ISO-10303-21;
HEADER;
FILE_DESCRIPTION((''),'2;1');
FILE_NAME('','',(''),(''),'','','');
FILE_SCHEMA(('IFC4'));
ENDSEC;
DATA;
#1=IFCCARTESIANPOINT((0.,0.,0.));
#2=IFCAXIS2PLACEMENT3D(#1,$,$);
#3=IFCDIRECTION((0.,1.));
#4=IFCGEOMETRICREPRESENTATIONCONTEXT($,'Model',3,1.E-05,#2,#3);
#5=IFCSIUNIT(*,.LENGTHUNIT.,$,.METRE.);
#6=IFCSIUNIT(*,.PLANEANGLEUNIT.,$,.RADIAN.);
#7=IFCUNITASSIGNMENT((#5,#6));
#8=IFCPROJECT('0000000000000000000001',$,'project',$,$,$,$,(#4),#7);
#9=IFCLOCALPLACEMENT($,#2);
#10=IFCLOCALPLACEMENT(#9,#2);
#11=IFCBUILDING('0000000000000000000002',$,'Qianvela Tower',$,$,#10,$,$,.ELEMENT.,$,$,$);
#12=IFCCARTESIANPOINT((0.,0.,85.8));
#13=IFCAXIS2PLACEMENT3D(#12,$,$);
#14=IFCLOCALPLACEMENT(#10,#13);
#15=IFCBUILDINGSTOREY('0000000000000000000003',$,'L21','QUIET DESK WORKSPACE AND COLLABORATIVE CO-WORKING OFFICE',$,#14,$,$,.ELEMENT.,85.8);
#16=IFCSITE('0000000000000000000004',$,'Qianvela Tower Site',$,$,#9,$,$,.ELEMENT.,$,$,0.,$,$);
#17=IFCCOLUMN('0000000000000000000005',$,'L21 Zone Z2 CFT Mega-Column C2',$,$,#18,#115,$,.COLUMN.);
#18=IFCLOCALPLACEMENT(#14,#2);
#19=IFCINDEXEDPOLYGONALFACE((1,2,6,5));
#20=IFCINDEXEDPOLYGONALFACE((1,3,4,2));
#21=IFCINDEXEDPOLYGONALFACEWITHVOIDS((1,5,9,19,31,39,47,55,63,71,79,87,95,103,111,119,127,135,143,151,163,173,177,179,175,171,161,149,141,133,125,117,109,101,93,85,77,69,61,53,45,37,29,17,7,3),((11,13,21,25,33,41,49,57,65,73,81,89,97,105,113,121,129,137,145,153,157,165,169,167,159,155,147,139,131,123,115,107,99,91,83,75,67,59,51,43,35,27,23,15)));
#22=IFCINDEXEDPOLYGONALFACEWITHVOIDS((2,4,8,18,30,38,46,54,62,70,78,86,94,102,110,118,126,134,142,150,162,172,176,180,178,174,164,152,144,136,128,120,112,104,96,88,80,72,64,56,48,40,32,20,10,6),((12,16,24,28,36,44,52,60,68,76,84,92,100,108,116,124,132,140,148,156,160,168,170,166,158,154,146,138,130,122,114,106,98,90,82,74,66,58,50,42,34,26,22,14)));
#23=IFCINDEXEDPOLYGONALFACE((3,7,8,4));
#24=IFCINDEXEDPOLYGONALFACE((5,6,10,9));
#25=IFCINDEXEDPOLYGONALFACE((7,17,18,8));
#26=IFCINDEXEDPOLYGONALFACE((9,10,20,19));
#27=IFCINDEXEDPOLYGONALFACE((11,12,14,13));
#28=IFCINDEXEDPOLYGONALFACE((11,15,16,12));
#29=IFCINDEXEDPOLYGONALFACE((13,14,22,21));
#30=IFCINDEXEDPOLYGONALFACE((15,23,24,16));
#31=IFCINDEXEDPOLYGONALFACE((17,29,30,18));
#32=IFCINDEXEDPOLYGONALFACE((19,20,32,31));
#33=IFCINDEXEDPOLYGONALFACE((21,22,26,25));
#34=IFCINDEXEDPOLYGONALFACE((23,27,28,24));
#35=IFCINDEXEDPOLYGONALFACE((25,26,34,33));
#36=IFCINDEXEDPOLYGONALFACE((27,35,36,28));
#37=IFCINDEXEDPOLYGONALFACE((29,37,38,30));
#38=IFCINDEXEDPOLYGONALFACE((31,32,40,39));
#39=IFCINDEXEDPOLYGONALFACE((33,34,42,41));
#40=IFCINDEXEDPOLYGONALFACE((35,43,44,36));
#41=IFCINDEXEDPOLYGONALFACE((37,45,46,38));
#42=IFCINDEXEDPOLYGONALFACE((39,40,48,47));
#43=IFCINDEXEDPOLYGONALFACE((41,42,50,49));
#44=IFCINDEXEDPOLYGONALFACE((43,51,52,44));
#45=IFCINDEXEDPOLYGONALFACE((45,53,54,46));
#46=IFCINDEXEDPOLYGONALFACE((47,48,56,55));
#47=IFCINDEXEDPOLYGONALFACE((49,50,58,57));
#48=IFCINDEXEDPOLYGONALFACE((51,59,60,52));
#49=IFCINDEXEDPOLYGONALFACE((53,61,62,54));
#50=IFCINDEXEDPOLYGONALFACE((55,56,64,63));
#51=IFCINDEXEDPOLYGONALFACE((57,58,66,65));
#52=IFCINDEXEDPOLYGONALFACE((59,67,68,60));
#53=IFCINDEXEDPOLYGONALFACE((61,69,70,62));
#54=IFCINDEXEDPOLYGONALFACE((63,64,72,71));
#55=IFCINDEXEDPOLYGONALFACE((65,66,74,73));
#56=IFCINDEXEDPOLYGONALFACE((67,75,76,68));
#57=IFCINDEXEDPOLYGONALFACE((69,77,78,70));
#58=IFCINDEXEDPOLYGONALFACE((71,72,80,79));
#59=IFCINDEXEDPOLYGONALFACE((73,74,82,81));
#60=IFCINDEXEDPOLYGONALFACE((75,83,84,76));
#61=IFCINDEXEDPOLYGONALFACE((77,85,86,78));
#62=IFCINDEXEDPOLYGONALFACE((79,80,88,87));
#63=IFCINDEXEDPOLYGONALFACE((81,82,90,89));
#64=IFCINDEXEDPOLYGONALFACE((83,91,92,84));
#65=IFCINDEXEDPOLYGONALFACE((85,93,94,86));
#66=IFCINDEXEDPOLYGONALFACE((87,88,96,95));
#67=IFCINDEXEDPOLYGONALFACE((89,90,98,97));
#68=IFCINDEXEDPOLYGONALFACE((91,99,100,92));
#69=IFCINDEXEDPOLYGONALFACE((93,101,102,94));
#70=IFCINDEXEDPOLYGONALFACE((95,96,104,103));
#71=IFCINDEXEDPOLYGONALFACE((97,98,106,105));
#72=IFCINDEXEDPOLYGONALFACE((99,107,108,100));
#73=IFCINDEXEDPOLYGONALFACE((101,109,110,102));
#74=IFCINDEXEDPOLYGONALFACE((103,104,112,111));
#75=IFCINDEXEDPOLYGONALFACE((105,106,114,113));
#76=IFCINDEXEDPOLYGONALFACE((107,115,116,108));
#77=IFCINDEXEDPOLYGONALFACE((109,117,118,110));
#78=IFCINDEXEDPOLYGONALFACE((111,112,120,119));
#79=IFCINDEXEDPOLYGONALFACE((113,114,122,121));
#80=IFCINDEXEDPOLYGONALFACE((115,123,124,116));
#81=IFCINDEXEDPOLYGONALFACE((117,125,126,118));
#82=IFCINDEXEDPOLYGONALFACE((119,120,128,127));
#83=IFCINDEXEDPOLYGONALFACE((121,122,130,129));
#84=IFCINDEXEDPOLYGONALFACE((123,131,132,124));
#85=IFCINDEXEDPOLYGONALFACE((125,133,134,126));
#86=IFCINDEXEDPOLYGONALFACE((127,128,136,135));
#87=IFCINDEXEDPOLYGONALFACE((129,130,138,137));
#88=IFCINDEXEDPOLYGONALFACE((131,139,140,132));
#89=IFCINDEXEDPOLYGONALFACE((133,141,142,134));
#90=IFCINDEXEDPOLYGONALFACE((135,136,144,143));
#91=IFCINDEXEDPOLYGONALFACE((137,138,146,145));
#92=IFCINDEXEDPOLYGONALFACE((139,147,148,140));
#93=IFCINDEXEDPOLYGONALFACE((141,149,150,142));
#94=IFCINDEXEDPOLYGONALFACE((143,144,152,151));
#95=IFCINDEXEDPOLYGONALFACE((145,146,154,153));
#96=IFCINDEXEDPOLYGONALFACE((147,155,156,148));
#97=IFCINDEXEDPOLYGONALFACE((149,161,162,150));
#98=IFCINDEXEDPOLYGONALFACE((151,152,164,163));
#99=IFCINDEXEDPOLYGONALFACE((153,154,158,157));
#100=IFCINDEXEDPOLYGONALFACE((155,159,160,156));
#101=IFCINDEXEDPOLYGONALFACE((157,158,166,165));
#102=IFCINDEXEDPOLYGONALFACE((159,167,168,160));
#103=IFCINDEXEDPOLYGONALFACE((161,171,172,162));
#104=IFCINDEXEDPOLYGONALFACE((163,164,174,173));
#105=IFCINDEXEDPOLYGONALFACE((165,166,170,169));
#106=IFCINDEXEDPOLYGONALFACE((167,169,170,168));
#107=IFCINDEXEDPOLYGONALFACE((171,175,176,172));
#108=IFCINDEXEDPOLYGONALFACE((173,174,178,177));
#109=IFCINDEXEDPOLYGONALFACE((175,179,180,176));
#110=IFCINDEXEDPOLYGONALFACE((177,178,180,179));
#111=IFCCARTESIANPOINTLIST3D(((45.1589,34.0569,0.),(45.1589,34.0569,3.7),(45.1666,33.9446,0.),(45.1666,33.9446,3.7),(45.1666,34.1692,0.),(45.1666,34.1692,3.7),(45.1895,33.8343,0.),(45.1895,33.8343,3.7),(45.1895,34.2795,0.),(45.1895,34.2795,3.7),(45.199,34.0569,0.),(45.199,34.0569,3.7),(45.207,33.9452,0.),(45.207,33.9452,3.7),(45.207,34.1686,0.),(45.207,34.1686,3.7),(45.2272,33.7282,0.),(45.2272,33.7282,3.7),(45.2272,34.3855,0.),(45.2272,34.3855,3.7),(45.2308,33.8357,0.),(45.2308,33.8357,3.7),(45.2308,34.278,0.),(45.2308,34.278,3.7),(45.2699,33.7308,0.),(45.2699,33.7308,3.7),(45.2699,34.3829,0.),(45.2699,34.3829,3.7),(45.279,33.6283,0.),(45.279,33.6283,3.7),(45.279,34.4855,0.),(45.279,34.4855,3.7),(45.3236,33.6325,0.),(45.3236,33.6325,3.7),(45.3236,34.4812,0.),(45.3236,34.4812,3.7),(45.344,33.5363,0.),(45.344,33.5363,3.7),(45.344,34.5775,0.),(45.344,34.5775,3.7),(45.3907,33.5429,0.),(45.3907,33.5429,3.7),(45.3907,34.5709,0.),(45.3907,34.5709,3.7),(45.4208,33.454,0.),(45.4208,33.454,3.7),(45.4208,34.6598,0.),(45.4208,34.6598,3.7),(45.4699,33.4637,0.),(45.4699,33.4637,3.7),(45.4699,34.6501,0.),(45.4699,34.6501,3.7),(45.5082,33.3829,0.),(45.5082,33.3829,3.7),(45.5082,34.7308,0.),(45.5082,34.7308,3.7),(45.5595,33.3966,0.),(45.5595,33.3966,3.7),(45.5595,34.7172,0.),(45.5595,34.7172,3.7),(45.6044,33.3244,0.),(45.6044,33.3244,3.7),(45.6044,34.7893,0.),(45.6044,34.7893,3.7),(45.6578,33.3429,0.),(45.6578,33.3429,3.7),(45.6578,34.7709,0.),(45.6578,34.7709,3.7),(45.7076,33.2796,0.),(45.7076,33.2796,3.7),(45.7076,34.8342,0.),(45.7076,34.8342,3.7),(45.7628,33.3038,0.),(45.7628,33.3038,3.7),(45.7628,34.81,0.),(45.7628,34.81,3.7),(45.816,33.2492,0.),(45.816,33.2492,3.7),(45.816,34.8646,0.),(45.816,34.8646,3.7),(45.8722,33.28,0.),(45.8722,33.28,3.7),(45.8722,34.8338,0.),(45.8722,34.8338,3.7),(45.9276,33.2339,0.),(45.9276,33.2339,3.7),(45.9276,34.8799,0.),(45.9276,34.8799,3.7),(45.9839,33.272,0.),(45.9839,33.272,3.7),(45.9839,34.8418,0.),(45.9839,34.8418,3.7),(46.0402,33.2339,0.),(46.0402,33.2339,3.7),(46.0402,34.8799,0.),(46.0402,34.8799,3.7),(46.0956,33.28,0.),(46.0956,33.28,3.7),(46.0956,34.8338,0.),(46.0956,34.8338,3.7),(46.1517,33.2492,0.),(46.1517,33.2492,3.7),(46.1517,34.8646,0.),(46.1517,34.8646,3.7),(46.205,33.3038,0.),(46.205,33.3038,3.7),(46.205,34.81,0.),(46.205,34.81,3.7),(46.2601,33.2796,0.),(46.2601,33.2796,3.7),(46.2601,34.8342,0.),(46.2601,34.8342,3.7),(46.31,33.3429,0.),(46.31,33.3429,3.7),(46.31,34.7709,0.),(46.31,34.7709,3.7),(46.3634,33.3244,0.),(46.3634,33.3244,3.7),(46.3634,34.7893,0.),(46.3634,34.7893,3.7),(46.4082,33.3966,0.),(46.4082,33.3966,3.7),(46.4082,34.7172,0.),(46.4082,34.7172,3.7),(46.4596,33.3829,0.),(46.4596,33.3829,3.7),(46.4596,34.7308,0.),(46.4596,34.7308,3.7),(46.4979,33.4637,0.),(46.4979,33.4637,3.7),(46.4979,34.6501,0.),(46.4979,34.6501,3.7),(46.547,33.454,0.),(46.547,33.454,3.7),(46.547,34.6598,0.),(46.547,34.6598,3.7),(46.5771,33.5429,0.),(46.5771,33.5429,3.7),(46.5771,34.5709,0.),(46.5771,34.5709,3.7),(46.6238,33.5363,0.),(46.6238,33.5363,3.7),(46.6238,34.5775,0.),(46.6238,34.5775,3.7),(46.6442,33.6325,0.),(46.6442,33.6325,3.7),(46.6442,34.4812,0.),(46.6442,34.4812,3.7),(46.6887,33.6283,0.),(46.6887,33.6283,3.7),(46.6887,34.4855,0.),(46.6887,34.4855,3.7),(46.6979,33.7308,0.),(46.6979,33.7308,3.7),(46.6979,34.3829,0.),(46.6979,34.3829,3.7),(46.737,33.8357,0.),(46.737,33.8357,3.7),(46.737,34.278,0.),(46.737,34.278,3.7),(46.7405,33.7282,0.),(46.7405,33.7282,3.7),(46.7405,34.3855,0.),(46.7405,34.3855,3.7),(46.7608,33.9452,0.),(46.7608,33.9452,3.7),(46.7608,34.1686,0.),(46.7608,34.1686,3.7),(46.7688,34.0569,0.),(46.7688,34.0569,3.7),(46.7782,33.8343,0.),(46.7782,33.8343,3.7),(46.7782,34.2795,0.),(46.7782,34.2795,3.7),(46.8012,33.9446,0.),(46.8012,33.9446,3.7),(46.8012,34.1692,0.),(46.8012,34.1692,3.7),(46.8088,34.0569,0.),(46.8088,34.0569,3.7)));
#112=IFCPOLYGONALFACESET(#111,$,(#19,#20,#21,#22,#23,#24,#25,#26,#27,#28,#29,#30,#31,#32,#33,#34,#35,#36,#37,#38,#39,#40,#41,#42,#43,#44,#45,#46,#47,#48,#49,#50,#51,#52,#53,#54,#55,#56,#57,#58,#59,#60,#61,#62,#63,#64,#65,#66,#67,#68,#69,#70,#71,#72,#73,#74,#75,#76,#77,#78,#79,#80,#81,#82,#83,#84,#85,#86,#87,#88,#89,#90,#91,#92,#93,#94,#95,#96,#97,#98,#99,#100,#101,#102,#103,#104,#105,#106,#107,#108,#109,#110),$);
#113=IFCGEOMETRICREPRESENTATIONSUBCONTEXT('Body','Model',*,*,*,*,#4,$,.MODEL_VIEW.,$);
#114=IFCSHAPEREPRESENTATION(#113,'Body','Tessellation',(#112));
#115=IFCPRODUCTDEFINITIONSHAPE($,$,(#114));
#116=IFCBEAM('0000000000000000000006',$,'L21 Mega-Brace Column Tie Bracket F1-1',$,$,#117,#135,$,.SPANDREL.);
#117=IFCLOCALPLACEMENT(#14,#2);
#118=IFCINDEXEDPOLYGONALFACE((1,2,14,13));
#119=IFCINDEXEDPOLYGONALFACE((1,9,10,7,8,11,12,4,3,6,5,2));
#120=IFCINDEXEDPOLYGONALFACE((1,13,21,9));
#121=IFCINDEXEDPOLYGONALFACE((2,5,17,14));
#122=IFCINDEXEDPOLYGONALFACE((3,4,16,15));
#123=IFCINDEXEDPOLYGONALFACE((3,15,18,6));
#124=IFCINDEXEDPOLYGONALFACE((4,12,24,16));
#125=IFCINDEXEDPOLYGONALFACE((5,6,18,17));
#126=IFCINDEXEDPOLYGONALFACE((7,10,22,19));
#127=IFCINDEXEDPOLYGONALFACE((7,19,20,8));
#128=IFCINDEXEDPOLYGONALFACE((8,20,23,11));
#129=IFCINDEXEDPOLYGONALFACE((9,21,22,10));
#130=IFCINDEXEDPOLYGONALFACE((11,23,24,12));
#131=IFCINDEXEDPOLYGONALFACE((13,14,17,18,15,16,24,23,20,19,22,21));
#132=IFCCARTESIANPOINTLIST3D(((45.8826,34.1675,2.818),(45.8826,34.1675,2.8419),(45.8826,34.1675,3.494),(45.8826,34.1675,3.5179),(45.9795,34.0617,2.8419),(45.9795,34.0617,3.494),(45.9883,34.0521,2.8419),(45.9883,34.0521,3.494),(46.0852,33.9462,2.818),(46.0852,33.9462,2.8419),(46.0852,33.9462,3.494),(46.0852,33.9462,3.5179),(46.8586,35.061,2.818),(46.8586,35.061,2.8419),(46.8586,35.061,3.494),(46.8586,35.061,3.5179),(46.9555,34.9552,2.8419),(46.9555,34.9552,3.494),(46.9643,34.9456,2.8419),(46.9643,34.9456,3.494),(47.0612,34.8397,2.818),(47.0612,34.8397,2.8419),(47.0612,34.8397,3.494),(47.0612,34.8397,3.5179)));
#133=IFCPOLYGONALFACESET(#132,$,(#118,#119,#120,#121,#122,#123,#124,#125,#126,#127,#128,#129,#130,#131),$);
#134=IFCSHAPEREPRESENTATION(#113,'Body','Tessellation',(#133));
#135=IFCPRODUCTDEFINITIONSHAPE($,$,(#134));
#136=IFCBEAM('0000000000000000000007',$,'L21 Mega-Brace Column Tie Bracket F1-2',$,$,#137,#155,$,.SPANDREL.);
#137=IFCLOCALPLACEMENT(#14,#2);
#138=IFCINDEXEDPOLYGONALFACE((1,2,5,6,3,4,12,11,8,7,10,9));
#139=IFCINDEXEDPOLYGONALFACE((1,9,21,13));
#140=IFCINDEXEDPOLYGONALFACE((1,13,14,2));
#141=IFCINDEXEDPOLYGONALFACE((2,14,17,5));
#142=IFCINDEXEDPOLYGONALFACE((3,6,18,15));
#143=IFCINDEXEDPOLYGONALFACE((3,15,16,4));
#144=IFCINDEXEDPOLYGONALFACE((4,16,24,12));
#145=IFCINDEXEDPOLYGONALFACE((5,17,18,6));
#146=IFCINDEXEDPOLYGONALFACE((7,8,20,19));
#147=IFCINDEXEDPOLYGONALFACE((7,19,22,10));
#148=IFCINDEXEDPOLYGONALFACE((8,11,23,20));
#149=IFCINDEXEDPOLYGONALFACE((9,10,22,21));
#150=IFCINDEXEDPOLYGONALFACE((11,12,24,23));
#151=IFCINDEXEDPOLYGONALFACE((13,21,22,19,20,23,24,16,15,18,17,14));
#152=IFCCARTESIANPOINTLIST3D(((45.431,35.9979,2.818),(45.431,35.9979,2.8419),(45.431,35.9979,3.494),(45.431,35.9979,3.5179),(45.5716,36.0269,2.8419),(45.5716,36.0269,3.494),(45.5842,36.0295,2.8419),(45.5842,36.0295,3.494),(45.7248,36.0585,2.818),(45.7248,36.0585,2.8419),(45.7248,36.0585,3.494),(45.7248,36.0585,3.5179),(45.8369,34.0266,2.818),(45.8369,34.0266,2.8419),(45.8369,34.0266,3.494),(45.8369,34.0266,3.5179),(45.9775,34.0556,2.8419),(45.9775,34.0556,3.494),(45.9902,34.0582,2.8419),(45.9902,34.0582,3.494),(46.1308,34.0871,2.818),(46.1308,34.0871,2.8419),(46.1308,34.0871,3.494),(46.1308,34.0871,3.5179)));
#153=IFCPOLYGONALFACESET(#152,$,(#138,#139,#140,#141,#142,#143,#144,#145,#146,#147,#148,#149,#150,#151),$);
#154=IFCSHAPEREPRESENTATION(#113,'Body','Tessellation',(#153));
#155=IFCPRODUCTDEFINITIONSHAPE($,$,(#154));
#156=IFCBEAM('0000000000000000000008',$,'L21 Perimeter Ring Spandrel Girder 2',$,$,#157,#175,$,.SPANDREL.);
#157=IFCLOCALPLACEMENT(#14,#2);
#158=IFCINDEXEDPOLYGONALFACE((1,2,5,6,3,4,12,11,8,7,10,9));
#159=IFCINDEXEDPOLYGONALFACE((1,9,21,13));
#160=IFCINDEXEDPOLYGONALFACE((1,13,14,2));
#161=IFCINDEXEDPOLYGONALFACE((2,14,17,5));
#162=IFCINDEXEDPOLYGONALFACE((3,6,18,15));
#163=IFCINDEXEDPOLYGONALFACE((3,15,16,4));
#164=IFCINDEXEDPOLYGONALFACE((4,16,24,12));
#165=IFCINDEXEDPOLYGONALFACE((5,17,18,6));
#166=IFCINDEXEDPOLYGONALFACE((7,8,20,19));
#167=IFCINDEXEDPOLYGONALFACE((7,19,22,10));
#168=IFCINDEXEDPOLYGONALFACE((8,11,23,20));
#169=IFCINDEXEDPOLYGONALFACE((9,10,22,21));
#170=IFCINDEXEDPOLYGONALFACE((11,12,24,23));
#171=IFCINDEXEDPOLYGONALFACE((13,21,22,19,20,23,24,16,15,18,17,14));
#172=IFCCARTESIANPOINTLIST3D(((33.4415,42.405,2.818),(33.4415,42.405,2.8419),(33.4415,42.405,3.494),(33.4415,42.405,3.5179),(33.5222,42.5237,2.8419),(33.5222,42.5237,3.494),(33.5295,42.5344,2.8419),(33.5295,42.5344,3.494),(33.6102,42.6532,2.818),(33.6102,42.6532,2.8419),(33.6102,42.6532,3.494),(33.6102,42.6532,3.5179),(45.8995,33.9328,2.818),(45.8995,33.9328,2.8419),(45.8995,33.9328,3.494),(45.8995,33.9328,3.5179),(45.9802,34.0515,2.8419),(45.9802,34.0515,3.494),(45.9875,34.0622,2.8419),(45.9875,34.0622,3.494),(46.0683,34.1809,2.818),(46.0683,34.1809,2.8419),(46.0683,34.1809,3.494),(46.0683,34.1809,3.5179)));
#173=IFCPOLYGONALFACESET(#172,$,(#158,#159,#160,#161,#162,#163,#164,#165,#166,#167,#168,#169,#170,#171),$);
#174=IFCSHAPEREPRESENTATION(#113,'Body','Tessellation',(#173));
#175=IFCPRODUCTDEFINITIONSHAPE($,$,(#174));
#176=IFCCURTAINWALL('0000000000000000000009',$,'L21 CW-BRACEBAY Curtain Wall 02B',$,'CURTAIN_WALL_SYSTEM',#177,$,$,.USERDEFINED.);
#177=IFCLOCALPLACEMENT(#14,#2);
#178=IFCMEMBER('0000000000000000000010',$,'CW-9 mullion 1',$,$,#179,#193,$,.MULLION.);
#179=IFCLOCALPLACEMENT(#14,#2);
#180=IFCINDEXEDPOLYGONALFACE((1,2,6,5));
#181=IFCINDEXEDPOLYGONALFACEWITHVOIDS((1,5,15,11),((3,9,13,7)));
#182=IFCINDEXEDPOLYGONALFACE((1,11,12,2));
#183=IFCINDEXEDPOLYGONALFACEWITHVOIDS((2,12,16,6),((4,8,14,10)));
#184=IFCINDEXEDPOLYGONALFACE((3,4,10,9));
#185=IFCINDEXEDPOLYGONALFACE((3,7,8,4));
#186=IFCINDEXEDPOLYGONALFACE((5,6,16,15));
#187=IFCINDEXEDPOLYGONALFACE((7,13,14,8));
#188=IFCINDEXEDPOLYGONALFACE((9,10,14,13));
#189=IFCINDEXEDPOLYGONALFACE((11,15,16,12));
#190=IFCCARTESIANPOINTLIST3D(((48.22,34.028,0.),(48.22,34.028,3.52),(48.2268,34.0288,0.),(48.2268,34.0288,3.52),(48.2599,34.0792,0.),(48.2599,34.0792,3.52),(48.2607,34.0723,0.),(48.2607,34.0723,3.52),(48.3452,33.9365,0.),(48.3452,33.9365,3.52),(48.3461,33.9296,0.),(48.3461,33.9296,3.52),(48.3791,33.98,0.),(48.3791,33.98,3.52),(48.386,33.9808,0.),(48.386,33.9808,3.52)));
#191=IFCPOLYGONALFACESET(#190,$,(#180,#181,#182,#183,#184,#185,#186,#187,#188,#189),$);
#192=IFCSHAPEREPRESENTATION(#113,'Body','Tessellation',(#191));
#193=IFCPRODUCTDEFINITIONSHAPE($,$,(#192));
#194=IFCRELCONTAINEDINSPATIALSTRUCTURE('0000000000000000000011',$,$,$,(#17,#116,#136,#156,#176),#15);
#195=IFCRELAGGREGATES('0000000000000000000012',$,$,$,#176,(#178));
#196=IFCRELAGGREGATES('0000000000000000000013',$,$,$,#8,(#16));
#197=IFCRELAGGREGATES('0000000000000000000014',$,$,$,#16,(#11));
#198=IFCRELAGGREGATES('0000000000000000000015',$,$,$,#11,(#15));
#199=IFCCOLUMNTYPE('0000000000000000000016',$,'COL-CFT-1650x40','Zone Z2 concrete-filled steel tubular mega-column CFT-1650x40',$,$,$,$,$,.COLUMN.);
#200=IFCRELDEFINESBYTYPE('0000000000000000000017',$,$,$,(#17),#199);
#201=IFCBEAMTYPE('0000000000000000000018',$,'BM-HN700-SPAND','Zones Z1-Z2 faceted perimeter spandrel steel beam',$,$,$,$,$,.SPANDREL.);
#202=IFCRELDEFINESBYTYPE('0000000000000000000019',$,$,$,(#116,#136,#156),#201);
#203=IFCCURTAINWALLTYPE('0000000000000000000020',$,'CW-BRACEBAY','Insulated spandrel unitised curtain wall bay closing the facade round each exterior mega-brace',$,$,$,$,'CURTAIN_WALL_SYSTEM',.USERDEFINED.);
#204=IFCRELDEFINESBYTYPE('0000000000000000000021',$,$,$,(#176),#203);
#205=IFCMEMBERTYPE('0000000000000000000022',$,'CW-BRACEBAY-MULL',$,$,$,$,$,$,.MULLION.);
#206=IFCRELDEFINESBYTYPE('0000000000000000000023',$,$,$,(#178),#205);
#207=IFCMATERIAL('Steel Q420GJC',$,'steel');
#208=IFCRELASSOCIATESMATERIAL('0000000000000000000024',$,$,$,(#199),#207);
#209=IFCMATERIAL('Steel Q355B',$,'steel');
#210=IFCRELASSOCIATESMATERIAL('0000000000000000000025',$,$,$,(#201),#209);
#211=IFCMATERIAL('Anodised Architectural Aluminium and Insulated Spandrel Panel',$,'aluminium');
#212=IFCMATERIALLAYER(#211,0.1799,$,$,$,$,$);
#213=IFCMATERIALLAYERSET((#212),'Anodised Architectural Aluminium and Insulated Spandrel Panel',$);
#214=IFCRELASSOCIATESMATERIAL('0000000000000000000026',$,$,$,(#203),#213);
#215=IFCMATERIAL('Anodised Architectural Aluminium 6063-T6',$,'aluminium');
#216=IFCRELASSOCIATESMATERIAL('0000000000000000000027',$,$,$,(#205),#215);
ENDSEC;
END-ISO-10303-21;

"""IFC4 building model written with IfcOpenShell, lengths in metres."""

from ifc_helpers import new_model, si_unit, direction, frame, origin, origin_2d, place, context, subcontext, project, spatial, hollow_rectangle, hollow_circle, i_section, extrude, material, layer, layer_set, material_profile, profile_set, type_object, element, aggregate, save


model = new_model("IFC4")

# Units and contexts
model_context = context("Model", 3, precision=1e-05, world=origin(), true_north=direction((0.0, 1.0)))
body_context = subcontext(model_context, "Body", "Model", "MODEL_VIEW")
ifc_project = project(units=[si_unit("LENGTHUNIT", "METRE"), si_unit("PLANEANGLEUNIT", "RADIAN")], contexts=[model_context])

# Site, building, storey
site_placement = place(None, origin())
site = spatial("IfcSite", under=ifc_project, at=site_placement, Name="Qianvela Tower Site", CompositionType="ELEMENT", RefElevation=0.0)
building_placement = place(site_placement, origin())
building = spatial("IfcBuilding", under=site, at=building_placement, Name="Qianvela Tower", CompositionType="ELEMENT")
storey_placement = place(building_placement, frame((0.0, 0.0, 85.8)))
storey = spatial("IfcBuildingStorey", under=building, at=storey_placement, Name="L21", Description="QUIET DESK WORKSPACE AND COLLABORATIVE CO-WORKING OFFICE", CompositionType="ELEMENT", Elevation=85.8)

# Column
ifc_material_1 = material(Name="Steel Q420GJC", Category="steel")
ifc_material_profile_1 = material_profile(ifc_material_1, hollow_circle(Radius=0.825, WallThickness=0.04, at=origin_2d()), Name="CFT-1650x40")
ifc_profile_set_1 = profile_set([ifc_material_profile_1], Name="Steel Q420GJC")
column_type = type_object("IfcColumnType", Name="COL-CFT-1650x40", Description="Zone Z2 concrete-filled steel tubular mega-column CFT-1650x40", PredefinedType="COLUMN", material=ifc_profile_set_1)
column_placement = place(storey_placement, frame((45.9839, 34.0569, 0.0), z_axis=(0.0, 0.0, 1.0), x_axis=(1.0, 0.0, 0.0)))
element("IfcColumn", 1, at=column_placement, inside=storey, type_object=column_type, Name="L21 Zone Z2 CFT Mega-Column C2", PredefinedType="COLUMN", context=body_context, shape_type="SweptSolid", body=[
    extrude(hollow_circle(Radius=0.825, WallThickness=0.04, at=origin_2d()), origin(), (0.0, 0.0, 1.0), 3.7),
])

# Beams
ifc_material_2 = material(Name="Steel Q355B", Category="steel")
ifc_material_profile_2 = material_profile(ifc_material_2, i_section(OverallWidth=0.3, OverallDepth=0.7, WebThickness=0.0129, FlangeThickness=0.0239, at=origin_2d()), Name="HN700x300x13x24")
ifc_profile_set_2 = profile_set([ifc_material_profile_2], Name="Steel Q355B")
beam_type = type_object("IfcBeamType", Name="BM-HN700-SPAND", Description="Zones Z1-Z2 faceted perimeter spandrel steel beam", PredefinedType="SPANDREL", material=ifc_profile_set_2)
beam_1_placement = place(storey_placement, frame((45.9839, 34.0569, 3.168), z_axis=(0.737598, 0.67524, 0.0), x_axis=(-0.67524, 0.737598, 0.0)))
element("IfcBeam", 2, at=beam_1_placement, inside=storey, type_object=beam_type, Name="L21 Mega-Brace Column Tie Bracket F1-1", PredefinedType="SPANDREL", context=body_context, shape_type="SweptSolid", body=[
    extrude(i_section(OverallWidth=0.3, OverallDepth=0.7, WebThickness=0.0129, FlangeThickness=0.0239, at=origin_2d()), origin(), (0.0, 0.0, 1.0), 1.3232),
])
beam_2_placement = place(storey_placement, frame((45.9839, 34.0569, 3.168), z_axis=(-0.201711, 0.979445, 0.0), x_axis=(-0.979445, -0.201711, 0.0)))
element("IfcBeam", 3, at=beam_2_placement, inside=storey, type_object=beam_type, Name="L21 Mega-Brace Column Tie Bracket F1-2", PredefinedType="SPANDREL", context=body_context, shape_type="SweptSolid", body=[
    extrude(i_section(OverallWidth=0.3, OverallDepth=0.7, WebThickness=0.0129, FlangeThickness=0.0239, at=origin_2d()), origin(), (0.0, 0.0, 1.0), 2.0127),
])
beam_3_placement = place(storey_placement, frame((45.9839, 34.0569, 3.168), z_axis=(-0.826904, 0.562343, 0.0), x_axis=(-0.562343, -0.826904, 0.0)))
element("IfcBeam", 4, at=beam_3_placement, inside=storey, type_object=beam_type, Name="L21 Perimeter Ring Spandrel Girder 2", PredefinedType="SPANDREL", context=body_context, shape_type="SweptSolid", body=[
    extrude(i_section(OverallWidth=0.3, OverallDepth=0.7, WebThickness=0.0129, FlangeThickness=0.0239, at=origin_2d()), origin(), (0.0, 0.0, 1.0), 15.0659),
])

# Curtain wall, member
ifc_material_3 = material(Name="Anodised Architectural Aluminium and Insulated Spandrel Panel", Category="aluminium")
ifc_layer_1 = layer(ifc_material_3, 0.1799)
ifc_layer_set_1 = layer_set([ifc_layer_1], Name="Anodised Architectural Aluminium and Insulated Spandrel Panel")
curtain_wall_type_1 = type_object("IfcCurtainWallType", Name="CW-BRACEBAY", Description="Insulated spandrel unitised curtain wall bay closing the facade round each exterior mega-brace", ElementType="CURTAIN_WALL_SYSTEM", PredefinedType="USERDEFINED", material=ifc_layer_set_1)
curtain_wall_1_placement = place(storey_placement, origin())
curtain_wall_1 = element("IfcCurtainWall", 5, at=curtain_wall_1_placement, inside=storey, type_object=curtain_wall_type_1, Name="L21 CW-BRACEBAY Curtain Wall 02B", ObjectType="CURTAIN_WALL_SYSTEM", PredefinedType="USERDEFINED")
ifc_material_4 = material(Name="Anodised Architectural Aluminium 6063-T6", Category="aluminium")
ifc_material_profile_3 = material_profile(ifc_material_4, hollow_rectangle(XDim=0.0649, YDim=0.1599, WallThickness=0.0049, at=origin_2d()), Name="ALU-MULL-65x160")
ifc_profile_set_3 = profile_set([ifc_material_profile_3], Name="Anodised Architectural Aluminium 6063-T6")
member_type_1 = type_object("IfcMemberType", Name="CW-BRACEBAY-MULL", PredefinedType="MULLION", material=ifc_profile_set_3)
member_1_placement = place(storey_placement, frame((48.303, 34.0044, 0.0), z_axis=(0.0, 0.0, 1.0), x_axis=(-0.615007, -0.788522, 0.0)))
member_1 = element("IfcMember", 6, at=member_1_placement, type_object=member_type_1, Name="CW-9 mullion 1", PredefinedType="MULLION", context=body_context, shape_type="SweptSolid", body=[
    extrude(hollow_rectangle(XDim=0.0649, YDim=0.1599, WallThickness=0.0049, at=origin_2d()), origin(), (0.0, 0.0, 1.0), 3.52),
])

aggregate(curtain_wall_1, [member_1])

save(model, "model.ifc")
